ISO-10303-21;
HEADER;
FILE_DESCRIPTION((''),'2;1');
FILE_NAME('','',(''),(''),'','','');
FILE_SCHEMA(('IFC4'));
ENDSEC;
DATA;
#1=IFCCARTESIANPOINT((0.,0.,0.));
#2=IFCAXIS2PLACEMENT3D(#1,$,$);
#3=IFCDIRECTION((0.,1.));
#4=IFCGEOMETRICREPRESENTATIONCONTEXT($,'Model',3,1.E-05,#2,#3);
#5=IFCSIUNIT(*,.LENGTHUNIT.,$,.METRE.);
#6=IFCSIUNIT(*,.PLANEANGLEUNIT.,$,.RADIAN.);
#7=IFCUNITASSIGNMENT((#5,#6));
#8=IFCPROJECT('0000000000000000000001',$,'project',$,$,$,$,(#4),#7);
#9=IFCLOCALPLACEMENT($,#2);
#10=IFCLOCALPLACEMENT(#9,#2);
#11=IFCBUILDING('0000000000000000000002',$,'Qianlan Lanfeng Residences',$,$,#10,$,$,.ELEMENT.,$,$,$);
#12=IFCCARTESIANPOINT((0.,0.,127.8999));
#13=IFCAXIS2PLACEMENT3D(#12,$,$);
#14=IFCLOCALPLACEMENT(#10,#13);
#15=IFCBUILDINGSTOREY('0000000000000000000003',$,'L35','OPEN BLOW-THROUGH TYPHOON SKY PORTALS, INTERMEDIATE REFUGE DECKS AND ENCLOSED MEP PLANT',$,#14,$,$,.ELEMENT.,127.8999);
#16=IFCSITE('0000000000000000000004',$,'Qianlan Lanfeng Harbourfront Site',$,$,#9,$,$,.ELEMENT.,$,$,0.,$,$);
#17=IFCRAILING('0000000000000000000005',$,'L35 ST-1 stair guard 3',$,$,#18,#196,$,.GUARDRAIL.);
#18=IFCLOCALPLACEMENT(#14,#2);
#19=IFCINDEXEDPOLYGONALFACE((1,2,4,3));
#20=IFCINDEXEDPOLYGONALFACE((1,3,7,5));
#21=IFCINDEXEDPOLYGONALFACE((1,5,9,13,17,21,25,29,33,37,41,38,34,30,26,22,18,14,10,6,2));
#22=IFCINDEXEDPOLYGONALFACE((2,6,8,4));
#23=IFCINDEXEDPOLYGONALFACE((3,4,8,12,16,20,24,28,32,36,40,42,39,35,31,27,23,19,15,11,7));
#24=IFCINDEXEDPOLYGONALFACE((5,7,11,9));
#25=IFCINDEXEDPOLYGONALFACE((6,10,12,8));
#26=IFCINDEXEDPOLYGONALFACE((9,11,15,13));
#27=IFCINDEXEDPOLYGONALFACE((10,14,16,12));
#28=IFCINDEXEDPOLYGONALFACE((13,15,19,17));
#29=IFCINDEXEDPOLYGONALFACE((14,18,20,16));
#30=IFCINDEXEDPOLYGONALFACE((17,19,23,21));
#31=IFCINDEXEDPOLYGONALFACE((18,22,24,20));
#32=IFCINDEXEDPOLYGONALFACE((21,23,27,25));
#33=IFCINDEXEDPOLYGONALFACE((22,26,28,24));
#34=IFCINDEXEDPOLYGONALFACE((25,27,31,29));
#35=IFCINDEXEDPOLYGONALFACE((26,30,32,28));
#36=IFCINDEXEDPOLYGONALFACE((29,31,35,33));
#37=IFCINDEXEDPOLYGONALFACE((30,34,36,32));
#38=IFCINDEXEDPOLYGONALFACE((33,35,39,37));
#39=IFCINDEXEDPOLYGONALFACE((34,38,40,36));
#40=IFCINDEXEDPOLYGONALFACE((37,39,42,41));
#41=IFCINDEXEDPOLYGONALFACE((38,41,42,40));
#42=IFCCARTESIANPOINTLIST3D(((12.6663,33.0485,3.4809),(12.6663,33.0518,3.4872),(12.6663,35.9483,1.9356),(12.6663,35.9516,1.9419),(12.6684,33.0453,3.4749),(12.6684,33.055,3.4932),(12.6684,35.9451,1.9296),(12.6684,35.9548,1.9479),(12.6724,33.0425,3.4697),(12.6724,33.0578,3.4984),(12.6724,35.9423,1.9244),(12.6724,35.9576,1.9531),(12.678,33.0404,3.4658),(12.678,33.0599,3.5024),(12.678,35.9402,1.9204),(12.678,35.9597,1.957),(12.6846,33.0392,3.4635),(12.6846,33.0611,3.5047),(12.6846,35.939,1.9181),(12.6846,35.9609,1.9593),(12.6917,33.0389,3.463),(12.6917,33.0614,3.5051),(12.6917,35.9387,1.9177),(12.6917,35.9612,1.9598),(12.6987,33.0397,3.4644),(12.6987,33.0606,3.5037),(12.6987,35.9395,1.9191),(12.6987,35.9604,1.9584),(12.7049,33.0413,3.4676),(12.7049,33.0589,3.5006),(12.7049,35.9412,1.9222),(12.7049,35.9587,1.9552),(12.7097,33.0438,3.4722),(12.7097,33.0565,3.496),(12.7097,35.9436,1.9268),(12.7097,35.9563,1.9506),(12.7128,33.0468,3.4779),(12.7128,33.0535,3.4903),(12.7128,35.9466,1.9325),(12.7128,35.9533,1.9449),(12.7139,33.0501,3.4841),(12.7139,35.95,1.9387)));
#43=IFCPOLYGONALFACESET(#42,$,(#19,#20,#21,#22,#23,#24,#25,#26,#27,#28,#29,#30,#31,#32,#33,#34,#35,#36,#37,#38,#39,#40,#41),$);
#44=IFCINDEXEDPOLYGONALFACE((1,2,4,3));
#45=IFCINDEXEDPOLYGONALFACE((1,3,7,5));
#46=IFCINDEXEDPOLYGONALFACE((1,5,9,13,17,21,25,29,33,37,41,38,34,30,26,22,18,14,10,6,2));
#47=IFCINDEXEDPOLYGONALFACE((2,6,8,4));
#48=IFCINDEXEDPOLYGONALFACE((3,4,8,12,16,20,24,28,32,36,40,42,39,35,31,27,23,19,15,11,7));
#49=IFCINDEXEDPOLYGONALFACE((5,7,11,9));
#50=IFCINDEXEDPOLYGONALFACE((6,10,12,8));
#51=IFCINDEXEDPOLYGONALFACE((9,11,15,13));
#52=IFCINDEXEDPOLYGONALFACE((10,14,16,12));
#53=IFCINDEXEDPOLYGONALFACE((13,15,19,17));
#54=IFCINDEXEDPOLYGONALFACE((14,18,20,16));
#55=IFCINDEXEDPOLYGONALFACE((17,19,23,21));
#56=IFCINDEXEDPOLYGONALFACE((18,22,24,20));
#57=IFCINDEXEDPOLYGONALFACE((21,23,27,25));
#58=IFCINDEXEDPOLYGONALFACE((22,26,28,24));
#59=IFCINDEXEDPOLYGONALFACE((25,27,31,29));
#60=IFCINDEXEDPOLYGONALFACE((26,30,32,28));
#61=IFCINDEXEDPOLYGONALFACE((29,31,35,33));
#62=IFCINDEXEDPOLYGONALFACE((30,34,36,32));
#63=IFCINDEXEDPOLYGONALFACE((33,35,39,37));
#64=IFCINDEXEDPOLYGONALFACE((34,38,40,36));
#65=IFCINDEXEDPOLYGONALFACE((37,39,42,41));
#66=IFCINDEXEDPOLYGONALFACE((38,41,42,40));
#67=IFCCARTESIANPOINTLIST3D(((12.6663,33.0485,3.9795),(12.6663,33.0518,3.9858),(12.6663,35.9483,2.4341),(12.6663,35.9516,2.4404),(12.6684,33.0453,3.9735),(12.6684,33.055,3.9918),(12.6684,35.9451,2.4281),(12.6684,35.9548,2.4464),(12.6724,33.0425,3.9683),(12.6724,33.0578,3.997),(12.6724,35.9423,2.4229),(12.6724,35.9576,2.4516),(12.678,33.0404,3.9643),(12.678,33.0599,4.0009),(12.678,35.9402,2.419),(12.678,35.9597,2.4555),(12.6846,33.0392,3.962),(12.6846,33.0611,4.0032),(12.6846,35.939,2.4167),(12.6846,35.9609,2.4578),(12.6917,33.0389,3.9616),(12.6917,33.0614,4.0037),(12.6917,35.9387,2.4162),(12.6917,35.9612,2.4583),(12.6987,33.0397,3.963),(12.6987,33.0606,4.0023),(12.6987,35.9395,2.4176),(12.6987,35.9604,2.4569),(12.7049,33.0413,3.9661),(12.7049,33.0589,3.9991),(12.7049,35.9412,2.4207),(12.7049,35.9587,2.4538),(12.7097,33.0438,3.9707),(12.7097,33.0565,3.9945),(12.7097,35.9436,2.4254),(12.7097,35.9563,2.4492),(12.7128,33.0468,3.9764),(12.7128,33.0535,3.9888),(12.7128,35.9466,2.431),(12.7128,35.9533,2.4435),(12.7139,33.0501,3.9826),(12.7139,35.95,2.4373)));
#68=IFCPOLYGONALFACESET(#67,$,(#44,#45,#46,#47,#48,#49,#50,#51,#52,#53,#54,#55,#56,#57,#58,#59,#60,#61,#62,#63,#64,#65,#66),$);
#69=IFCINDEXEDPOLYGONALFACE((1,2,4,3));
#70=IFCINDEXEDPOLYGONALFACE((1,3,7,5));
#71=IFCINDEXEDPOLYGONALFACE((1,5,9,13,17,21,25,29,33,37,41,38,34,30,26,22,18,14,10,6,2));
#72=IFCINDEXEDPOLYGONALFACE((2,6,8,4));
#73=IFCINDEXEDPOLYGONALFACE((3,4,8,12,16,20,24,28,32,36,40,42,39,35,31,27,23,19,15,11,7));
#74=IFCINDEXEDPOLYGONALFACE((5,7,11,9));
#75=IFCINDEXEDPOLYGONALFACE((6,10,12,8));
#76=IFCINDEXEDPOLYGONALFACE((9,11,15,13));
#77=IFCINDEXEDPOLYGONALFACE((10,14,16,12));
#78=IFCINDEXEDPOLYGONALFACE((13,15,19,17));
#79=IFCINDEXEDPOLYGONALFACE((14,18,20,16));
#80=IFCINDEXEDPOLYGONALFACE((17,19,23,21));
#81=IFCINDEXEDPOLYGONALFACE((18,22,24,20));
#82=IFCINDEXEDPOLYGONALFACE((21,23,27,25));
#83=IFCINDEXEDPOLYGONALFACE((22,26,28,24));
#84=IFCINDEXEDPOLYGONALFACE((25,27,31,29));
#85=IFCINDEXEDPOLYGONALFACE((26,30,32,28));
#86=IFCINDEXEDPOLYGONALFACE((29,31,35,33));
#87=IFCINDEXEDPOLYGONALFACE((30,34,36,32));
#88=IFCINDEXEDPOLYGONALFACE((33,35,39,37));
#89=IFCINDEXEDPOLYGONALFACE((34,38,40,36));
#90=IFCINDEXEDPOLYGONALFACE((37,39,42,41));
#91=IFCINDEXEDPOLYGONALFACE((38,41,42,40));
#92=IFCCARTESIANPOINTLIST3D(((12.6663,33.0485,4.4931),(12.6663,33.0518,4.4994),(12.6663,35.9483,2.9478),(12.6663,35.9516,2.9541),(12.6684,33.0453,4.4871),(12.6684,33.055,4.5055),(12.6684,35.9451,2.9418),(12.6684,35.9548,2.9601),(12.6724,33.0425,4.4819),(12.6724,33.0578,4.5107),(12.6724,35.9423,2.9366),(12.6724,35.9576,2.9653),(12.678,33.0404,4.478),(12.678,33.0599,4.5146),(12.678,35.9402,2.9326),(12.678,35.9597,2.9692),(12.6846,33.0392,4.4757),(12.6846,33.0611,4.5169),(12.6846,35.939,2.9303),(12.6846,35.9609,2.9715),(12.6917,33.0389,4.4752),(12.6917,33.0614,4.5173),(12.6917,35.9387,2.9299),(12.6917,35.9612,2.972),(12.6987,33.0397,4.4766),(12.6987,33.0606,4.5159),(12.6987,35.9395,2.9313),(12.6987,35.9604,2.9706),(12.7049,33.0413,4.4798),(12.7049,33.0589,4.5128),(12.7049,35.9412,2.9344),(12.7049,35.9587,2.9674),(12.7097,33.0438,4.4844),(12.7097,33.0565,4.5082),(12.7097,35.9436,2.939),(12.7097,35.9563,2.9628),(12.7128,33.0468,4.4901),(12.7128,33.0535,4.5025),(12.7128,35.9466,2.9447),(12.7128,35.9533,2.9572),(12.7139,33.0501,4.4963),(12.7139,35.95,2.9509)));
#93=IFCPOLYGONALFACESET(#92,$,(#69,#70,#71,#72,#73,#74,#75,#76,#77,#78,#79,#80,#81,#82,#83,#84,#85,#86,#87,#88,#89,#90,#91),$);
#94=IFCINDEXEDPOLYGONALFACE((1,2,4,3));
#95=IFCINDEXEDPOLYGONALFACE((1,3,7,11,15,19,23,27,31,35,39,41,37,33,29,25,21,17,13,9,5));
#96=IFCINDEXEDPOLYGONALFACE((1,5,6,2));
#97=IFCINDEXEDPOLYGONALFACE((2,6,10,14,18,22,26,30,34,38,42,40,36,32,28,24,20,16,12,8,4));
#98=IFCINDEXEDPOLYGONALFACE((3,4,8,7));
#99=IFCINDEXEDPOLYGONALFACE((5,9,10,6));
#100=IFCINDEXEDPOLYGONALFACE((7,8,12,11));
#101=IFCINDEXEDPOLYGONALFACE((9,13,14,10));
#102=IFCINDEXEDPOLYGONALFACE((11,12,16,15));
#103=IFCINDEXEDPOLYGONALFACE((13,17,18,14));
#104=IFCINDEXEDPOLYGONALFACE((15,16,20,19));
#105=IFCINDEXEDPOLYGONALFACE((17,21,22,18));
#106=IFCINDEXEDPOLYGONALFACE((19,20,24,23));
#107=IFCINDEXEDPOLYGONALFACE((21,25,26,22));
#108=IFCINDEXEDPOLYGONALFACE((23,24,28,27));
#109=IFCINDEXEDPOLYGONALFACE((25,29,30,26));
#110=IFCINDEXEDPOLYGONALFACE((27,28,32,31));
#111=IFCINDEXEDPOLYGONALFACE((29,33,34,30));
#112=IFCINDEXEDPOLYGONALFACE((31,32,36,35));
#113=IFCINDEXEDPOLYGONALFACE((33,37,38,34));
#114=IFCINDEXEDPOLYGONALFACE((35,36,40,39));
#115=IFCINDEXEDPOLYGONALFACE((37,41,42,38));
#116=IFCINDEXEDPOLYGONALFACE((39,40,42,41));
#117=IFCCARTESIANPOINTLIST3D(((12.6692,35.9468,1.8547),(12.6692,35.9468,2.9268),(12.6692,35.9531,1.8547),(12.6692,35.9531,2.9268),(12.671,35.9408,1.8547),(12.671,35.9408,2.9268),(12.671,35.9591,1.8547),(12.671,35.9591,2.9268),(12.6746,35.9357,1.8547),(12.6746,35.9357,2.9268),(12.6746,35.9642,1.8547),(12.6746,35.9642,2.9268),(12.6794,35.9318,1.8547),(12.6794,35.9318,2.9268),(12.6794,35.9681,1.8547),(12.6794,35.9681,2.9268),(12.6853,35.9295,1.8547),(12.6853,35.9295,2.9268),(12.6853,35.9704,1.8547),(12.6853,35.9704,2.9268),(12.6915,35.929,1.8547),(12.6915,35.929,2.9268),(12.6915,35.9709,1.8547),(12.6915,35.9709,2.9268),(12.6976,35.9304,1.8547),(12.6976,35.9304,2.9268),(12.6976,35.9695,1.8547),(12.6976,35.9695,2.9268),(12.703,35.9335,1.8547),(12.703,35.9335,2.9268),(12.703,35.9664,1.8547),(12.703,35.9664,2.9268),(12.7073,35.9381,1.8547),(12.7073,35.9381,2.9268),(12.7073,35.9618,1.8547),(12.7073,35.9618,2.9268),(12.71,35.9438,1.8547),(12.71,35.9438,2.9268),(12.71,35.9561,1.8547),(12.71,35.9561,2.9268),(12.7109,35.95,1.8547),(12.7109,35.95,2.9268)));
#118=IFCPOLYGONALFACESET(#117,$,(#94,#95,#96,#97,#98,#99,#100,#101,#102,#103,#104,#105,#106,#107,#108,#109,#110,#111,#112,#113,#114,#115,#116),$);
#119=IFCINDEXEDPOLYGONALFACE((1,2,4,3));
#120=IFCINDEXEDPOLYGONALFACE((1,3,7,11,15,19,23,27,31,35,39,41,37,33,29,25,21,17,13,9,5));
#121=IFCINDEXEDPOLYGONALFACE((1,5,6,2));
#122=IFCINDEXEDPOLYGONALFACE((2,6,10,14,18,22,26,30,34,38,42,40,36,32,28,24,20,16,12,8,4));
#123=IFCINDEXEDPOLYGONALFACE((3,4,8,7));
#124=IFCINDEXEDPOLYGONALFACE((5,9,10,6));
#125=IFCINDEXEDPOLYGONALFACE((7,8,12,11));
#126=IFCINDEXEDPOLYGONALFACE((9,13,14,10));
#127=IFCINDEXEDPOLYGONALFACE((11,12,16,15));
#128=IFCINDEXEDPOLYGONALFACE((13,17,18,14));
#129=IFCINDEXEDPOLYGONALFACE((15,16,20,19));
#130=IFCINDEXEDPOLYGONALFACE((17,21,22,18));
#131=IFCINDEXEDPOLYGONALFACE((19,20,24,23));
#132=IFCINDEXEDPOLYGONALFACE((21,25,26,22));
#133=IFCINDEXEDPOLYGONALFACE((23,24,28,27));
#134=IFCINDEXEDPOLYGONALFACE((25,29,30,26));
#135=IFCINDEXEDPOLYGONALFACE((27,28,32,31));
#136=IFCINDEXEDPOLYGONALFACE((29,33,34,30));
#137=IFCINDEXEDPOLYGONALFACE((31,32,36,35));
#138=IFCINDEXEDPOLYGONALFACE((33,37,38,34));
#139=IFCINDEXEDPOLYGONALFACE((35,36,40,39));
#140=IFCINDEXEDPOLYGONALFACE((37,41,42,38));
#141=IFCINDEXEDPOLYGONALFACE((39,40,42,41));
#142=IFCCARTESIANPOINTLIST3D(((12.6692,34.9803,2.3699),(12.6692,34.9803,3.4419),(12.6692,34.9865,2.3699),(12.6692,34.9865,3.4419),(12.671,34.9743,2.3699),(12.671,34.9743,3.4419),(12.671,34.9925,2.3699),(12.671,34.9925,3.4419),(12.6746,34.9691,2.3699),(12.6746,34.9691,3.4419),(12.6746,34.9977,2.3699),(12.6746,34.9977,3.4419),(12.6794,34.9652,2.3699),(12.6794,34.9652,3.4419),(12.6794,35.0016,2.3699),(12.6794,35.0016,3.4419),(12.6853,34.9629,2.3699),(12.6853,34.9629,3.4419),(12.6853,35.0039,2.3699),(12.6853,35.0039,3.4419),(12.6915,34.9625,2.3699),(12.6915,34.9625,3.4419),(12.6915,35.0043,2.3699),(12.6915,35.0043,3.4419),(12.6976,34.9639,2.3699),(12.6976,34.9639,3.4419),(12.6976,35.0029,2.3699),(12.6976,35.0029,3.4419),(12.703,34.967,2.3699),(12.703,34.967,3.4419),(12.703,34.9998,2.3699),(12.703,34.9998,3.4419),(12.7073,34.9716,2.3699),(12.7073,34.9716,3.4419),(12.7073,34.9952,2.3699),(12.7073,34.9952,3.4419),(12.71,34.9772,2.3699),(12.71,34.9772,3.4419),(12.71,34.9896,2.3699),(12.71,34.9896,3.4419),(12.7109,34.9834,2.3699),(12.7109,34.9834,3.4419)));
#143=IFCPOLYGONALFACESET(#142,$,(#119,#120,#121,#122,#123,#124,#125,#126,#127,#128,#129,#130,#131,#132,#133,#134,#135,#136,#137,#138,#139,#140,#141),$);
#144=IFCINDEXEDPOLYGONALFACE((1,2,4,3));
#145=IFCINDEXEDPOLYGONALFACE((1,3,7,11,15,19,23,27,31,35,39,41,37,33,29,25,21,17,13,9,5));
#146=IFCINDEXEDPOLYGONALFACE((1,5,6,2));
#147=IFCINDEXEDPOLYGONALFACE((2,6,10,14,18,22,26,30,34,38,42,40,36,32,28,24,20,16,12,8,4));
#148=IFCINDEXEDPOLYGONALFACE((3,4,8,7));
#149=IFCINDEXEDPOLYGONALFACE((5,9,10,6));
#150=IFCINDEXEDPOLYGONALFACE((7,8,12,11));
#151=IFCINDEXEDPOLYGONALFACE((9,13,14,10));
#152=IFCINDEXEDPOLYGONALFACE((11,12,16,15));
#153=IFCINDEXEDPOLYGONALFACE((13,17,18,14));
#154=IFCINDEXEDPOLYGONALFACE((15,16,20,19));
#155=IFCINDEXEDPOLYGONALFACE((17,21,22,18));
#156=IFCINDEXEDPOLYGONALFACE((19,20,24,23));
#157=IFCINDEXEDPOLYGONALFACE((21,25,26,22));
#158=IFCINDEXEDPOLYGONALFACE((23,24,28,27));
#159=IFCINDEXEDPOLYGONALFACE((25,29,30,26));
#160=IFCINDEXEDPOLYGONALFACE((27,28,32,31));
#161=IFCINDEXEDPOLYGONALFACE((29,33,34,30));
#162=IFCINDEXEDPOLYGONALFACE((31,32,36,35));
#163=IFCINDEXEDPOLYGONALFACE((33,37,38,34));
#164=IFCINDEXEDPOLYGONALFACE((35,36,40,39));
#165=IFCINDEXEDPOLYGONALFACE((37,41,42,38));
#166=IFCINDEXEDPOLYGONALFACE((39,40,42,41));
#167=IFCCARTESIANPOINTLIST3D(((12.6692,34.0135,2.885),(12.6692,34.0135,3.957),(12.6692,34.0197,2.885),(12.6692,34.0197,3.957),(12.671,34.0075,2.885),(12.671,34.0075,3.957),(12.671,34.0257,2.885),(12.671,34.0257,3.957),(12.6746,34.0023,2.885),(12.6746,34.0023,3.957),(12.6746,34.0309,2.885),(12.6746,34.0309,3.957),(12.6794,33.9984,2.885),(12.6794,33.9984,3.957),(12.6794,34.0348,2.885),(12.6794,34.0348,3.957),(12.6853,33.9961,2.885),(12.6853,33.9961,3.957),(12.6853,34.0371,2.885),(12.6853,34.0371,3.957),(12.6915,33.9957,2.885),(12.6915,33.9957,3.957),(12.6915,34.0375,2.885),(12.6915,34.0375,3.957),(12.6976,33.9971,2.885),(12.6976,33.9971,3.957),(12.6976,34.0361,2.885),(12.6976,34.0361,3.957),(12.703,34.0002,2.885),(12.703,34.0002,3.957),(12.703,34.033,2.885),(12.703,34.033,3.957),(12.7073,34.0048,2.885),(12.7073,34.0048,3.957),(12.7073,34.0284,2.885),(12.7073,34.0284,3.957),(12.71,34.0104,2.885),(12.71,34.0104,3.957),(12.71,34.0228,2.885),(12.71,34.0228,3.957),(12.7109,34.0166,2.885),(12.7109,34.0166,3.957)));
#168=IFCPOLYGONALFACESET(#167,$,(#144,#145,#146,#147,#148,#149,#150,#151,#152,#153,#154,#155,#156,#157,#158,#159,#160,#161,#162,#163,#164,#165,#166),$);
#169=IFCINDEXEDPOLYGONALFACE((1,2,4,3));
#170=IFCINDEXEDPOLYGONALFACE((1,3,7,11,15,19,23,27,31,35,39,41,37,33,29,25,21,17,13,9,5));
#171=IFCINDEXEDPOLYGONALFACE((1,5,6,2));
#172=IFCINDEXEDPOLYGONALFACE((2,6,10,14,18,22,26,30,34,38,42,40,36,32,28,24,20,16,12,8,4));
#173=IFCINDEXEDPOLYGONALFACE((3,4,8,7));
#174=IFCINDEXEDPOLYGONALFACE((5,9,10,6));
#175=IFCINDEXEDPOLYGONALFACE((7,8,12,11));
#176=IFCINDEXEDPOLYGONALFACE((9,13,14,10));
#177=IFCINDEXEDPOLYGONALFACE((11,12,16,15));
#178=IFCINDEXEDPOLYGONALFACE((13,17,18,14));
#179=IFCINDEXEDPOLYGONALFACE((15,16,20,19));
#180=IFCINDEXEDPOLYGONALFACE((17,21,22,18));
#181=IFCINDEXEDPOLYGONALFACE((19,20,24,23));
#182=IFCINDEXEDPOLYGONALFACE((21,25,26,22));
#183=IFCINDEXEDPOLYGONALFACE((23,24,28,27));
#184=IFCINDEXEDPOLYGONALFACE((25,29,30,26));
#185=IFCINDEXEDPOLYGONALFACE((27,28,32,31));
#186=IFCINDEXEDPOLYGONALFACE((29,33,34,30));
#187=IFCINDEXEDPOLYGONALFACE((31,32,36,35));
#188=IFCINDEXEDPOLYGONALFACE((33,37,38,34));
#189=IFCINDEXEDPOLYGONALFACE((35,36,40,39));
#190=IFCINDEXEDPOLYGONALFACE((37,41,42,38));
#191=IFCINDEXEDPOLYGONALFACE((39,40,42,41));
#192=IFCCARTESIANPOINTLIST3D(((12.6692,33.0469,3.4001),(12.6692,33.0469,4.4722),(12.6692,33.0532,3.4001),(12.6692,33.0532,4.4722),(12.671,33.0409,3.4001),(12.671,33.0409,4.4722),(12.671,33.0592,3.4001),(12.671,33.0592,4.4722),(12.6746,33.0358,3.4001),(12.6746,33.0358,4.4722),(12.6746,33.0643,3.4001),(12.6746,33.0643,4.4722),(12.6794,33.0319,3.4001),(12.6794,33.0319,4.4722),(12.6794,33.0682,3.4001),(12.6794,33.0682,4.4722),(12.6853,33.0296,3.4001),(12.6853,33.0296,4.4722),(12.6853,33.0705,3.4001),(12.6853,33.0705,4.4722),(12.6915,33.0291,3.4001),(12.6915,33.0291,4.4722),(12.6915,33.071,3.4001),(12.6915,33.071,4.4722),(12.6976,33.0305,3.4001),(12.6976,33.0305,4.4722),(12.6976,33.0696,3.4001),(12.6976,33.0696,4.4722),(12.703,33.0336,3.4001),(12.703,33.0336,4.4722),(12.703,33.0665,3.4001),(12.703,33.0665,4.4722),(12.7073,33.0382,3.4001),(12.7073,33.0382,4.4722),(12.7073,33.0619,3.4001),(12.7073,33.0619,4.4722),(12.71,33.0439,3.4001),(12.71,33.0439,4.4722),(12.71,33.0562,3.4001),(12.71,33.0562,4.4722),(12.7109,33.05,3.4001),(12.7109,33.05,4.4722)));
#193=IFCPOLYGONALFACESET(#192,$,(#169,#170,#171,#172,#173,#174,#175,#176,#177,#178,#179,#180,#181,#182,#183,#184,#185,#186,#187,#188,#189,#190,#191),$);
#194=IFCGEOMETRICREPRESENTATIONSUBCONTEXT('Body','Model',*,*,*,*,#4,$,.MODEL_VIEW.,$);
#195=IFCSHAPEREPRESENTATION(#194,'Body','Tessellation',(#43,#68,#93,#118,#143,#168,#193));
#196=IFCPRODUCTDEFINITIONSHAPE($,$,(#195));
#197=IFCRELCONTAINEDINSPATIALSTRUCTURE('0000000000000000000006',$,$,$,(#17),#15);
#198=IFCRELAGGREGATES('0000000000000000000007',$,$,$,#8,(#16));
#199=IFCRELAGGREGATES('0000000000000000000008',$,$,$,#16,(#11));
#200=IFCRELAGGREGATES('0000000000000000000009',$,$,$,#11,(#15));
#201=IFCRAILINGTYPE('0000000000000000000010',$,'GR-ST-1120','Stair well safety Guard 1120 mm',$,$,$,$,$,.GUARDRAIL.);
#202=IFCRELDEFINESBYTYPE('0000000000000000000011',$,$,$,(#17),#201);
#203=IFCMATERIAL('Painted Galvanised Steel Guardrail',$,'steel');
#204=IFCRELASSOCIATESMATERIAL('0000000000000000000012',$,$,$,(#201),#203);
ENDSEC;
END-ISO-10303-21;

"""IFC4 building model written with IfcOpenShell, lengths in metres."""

from ifc_helpers import new_model, si_unit, direction, frame, origin, origin_2d, place, context, subcontext, project, spatial, circle, extrude, material, type_object, element, save


model = new_model("IFC4")

# Units and contexts
model_context = context("Model", 3, precision=1e-05, world=origin(), true_north=direction((0.0, 1.0)))
body_context = subcontext(model_context, "Body", "Model", "MODEL_VIEW")
ifc_project = project(units=[si_unit("LENGTHUNIT", "METRE"), si_unit("PLANEANGLEUNIT", "RADIAN")], contexts=[model_context])

# Site, building, storey
site_placement = place(None, origin())
site = spatial("IfcSite", under=ifc_project, at=site_placement, Name="Qianlan Lanfeng Harbourfront Site", CompositionType="ELEMENT", RefElevation=0.0)
building_placement = place(site_placement, origin())
building = spatial("IfcBuilding", under=site, at=building_placement, Name="Qianlan Lanfeng Residences", CompositionType="ELEMENT")
storey_placement = place(building_placement, frame((0.0, 0.0, 127.8999)))
storey = spatial("IfcBuildingStorey", under=building, at=storey_placement, Name="L35", Description="OPEN BLOW-THROUGH TYPHOON SKY PORTALS, INTERMEDIATE REFUGE DECKS AND ENCLOSED MEP PLANT", CompositionType="ELEMENT", Elevation=127.8999)

# Railing
ifc_material_1 = material(Name="Painted Galvanised Steel Guardrail", Category="steel")
railing_type_1 = type_object("IfcRailingType", Name="GR-ST-1120", Description="Stair well safety Guard 1120 mm", PredefinedType="GUARDRAIL", material=ifc_material_1)
railing_1_placement = place(storey_placement, frame((12.6899, 35.95, 1.8547)))
element("IfcRailing", 1, at=railing_1_placement, inside=storey, type_object=railing_type_1, Name="L35 ST-1 stair guard 3", PredefinedType="GUARDRAIL", context=body_context, shape_type="SweptSolid", body=[
    extrude(circle(Radius=0.0239, at=origin_2d()), frame((0.0, 0.0, 0.084), z_axis=(0.0, -0.882505, 0.470303), x_axis=(1.0, 0.0, 0.0)), (0.0, 0.0, 1.0), 3.2859),
    extrude(circle(Radius=0.0239, at=origin_2d()), frame((0.0, 0.0, 0.5825), z_axis=(0.0, -0.882505, 0.470303), x_axis=(1.0, 0.0, 0.0)), (0.0, 0.0, 1.0), 3.2859),
    extrude(circle(Radius=0.0239, at=origin_2d()), frame((0.0, 0.0, 1.0962), z_axis=(0.0, -0.882505, 0.470303), x_axis=(1.0, 0.0, 0.0)), (0.0, 0.0, 1.0), 3.2859),
    extrude(circle(Radius=0.021, at=origin_2d()), origin(), (0.0, 0.0, 1.0), 1.072),
    extrude(circle(Radius=0.021, at=origin_2d()), frame((0.0, -0.9666, 0.5151)), (0.0, 0.0, 1.0), 1.072),
    extrude(circle(Radius=0.021, at=origin_2d()), frame((0.0, -1.9333, 1.0303)), (0.0, 0.0, 1.0), 1.072),
    extrude(circle(Radius=0.021, at=origin_2d()), frame((0.0, -2.8999, 1.5454)), (0.0, 0.0, 1.0), 1.072),
])

save(model, "model.ifc")
